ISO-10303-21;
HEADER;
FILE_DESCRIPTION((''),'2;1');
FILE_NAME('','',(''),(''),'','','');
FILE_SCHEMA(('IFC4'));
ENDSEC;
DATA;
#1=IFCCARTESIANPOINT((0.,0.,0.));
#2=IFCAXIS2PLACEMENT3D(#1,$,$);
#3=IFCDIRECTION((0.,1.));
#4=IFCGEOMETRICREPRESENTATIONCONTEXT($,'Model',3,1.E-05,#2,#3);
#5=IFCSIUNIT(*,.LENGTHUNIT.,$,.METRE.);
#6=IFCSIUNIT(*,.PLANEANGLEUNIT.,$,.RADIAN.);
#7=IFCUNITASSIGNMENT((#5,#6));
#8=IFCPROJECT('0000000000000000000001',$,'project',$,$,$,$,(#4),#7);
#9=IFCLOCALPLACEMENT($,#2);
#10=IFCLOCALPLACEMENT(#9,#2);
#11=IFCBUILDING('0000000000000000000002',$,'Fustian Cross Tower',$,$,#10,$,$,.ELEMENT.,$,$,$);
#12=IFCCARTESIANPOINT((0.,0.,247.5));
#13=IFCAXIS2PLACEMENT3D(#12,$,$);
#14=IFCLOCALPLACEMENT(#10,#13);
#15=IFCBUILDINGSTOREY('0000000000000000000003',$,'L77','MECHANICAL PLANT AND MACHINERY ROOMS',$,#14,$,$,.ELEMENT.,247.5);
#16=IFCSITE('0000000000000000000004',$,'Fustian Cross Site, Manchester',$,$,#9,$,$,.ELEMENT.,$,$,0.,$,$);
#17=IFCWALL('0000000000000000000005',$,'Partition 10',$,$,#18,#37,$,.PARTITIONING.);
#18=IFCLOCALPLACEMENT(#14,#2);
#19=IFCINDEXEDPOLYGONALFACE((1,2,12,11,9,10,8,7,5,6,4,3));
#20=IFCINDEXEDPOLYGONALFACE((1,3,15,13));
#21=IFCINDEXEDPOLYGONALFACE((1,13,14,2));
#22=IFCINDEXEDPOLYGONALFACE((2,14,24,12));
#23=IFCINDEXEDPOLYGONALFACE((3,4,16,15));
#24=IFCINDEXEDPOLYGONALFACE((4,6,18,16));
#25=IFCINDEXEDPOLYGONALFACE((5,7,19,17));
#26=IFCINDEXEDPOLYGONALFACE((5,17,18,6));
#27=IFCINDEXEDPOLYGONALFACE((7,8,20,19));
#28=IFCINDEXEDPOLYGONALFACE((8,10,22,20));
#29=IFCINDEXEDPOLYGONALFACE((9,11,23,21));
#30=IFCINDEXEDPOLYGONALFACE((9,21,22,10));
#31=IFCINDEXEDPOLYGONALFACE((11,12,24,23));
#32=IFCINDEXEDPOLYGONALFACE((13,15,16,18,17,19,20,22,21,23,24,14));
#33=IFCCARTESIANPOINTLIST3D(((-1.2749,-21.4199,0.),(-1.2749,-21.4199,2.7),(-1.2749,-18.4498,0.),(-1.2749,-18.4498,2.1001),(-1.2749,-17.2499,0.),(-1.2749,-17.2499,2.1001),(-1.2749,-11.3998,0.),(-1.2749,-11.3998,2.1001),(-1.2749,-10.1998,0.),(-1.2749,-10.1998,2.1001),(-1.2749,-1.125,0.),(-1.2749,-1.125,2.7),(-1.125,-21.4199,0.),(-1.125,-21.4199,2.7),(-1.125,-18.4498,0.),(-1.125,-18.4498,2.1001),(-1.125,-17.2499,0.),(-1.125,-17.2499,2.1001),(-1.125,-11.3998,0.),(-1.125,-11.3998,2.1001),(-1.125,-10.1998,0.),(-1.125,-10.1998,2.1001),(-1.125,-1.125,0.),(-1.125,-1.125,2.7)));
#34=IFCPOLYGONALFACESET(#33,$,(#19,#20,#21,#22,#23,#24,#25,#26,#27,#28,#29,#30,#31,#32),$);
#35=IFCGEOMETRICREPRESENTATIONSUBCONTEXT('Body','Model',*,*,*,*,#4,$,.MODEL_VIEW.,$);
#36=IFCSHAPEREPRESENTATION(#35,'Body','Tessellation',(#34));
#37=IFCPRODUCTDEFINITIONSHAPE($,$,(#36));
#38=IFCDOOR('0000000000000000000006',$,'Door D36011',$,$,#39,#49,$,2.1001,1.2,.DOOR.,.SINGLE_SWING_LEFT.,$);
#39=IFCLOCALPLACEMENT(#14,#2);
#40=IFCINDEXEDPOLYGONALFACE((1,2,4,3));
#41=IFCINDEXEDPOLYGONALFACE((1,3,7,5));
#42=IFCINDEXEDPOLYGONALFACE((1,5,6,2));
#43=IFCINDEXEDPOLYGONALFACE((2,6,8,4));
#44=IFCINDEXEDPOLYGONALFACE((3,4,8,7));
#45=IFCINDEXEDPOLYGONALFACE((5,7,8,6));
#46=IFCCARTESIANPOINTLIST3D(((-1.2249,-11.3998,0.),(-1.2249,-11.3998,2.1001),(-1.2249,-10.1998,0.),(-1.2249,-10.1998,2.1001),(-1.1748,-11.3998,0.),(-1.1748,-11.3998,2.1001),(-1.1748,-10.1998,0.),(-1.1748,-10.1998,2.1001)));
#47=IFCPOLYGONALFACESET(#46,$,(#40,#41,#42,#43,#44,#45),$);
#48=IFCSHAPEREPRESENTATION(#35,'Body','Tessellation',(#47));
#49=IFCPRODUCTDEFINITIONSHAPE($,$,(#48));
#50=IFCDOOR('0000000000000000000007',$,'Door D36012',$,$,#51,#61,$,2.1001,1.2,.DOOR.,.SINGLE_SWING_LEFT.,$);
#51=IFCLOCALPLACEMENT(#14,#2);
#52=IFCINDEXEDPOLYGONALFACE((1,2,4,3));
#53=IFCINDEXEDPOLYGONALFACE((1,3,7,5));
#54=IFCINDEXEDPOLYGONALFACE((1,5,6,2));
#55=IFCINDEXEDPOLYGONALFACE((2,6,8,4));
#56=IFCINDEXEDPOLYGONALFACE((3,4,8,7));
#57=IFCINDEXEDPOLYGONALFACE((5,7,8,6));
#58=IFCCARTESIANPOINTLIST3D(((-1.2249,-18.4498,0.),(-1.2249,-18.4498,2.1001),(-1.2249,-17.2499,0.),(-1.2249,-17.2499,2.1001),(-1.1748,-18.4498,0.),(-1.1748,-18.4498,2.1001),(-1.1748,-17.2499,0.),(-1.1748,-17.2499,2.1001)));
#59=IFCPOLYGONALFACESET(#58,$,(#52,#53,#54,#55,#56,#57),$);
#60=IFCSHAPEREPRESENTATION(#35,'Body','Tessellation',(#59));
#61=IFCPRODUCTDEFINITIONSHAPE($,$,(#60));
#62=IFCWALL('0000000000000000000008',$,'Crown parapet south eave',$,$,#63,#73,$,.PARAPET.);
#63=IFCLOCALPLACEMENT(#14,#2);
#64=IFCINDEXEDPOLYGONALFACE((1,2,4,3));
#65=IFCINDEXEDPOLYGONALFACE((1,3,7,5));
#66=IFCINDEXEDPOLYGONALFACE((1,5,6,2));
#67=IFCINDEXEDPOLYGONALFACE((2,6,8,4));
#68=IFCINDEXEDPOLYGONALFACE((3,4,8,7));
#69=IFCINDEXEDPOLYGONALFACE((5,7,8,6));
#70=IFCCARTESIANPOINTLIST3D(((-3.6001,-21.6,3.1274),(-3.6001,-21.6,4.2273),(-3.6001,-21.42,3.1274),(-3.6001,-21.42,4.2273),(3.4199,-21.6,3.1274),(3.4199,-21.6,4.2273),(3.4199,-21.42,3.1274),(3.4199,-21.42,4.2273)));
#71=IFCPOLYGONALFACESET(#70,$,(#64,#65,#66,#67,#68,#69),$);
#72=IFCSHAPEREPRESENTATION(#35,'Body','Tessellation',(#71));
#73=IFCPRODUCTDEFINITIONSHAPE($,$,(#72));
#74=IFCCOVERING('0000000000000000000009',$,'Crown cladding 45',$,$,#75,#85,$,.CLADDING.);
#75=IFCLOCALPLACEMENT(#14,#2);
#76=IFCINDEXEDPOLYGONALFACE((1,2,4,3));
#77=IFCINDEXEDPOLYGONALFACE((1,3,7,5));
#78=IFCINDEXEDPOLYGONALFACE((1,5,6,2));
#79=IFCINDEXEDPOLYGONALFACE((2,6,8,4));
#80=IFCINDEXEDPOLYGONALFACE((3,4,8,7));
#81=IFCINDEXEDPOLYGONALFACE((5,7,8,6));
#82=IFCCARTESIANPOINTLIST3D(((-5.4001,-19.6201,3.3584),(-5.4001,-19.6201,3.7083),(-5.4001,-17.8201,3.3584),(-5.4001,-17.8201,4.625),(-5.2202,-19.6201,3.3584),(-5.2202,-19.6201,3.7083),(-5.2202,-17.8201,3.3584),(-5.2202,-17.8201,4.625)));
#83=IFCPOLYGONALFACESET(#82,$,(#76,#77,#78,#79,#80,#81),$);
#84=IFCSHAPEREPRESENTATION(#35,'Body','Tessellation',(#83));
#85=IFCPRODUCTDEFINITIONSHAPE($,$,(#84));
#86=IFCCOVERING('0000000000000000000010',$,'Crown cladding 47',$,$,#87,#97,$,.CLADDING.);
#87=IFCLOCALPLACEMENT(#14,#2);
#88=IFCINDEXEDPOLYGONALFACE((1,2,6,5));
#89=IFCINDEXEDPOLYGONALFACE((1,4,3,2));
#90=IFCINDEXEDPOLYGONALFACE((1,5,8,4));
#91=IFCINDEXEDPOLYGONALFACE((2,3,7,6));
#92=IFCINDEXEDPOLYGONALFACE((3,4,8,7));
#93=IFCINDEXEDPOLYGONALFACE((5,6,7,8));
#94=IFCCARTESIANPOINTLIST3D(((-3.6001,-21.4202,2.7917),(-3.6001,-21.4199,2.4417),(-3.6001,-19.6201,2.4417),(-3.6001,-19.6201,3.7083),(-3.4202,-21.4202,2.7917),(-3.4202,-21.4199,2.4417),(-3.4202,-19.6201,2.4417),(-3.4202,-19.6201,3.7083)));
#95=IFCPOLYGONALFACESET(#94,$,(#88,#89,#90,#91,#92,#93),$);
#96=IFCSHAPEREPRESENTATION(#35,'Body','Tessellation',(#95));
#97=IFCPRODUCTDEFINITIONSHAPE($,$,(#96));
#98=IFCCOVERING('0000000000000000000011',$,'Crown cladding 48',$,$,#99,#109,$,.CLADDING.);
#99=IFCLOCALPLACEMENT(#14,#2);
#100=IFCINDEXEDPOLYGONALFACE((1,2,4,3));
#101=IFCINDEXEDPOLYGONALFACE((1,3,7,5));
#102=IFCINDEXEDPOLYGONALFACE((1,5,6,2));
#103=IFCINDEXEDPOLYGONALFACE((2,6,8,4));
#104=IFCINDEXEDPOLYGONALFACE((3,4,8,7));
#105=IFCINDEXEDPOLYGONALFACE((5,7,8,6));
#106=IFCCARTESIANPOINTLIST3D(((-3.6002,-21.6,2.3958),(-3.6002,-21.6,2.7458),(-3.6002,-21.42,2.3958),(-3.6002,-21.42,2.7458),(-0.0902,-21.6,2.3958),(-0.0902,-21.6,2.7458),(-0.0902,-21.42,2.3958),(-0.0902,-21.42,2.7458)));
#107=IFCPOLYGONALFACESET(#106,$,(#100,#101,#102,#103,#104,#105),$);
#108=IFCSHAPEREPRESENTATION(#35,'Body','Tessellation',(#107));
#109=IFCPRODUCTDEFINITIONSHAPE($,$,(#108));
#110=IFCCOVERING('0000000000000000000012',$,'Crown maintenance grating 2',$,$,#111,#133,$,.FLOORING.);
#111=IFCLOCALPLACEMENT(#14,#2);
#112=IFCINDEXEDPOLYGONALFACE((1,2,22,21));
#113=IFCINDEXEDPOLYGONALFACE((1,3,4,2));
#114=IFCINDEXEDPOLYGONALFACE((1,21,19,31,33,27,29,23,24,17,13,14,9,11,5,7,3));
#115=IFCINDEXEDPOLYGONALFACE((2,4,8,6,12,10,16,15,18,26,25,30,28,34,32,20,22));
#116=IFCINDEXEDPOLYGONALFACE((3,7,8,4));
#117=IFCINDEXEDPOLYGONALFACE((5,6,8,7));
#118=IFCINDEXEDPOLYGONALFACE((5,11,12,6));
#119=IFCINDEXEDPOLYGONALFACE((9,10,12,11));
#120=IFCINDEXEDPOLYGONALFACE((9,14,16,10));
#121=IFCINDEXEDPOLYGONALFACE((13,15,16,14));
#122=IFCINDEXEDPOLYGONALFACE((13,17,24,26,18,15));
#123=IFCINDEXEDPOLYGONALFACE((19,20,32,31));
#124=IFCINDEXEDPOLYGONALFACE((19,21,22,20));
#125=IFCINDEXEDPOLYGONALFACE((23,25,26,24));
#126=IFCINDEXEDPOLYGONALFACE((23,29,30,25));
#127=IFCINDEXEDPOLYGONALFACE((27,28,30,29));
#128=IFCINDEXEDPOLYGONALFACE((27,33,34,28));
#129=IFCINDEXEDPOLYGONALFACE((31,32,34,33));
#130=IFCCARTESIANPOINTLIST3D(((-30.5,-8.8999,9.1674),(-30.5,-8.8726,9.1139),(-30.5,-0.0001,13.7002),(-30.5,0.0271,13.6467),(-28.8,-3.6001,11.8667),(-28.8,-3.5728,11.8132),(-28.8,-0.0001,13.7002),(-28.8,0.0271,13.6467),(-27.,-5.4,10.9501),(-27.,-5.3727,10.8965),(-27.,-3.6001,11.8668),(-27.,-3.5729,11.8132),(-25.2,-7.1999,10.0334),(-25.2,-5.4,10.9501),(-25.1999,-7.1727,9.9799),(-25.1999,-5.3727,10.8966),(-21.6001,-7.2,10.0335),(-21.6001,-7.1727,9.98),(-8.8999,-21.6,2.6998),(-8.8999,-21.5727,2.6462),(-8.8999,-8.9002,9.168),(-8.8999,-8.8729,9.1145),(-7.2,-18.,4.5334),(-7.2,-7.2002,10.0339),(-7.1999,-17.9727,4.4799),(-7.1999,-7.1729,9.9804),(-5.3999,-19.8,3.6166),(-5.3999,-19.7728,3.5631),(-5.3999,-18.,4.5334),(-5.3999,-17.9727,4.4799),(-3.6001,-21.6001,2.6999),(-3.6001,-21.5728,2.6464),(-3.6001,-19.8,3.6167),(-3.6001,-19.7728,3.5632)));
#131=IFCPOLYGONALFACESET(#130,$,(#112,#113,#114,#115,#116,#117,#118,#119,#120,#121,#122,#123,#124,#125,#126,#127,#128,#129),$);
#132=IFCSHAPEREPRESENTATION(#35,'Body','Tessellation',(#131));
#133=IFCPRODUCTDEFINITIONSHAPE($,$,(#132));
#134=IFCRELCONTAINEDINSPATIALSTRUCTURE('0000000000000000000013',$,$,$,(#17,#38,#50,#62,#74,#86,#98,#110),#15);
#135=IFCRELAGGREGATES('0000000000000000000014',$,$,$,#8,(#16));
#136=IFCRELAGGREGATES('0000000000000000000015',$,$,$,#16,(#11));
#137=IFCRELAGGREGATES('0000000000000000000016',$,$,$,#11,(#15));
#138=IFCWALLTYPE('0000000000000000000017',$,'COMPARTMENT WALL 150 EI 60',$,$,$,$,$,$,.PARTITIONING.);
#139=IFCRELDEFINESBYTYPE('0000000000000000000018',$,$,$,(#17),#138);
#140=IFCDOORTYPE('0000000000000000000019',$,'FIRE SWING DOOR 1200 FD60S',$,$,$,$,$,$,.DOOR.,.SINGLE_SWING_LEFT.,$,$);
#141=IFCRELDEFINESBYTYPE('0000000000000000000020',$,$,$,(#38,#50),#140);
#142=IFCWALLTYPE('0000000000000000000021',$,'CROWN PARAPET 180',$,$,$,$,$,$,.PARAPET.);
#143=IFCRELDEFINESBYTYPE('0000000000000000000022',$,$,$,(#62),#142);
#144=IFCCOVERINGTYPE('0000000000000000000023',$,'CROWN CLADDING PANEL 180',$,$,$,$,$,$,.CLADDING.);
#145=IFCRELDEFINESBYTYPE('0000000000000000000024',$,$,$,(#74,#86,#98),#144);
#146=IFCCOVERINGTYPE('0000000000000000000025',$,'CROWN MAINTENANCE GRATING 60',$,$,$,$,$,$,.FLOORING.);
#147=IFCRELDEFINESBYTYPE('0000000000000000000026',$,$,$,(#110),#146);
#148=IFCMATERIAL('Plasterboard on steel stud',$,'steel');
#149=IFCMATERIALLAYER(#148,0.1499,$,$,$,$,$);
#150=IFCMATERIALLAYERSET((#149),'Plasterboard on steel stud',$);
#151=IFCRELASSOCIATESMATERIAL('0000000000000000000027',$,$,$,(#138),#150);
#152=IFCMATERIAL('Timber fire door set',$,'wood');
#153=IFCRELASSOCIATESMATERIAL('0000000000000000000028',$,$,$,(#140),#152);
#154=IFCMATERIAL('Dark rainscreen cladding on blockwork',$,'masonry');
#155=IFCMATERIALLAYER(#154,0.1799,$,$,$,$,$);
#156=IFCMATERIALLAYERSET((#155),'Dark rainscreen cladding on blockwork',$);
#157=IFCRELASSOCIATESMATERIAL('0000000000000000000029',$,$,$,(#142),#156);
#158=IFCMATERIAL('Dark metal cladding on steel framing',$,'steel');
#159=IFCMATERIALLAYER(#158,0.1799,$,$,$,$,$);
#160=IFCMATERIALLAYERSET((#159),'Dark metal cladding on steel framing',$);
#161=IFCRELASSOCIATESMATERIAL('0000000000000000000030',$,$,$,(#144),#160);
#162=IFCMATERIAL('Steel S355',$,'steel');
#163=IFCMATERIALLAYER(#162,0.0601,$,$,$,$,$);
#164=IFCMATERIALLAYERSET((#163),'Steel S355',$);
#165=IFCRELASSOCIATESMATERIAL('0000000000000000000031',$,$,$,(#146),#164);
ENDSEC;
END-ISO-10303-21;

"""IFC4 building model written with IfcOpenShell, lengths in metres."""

from ifc_helpers import new_model, si_unit, direction, frame, frame_2d, origin, place, context, subcontext, project, spatial, polyline, rectangle, outline, extrude, material, layer, layer_set, type_object, element, fill, save


model = new_model("IFC4")

# Units and contexts
model_context = context("Model", 3, precision=1e-05, world=origin(), true_north=direction((0.0, 1.0)))
body_context = subcontext(model_context, "Body", "Model", "MODEL_VIEW")
ifc_project = project(units=[si_unit("LENGTHUNIT", "METRE"), si_unit("PLANEANGLEUNIT", "RADIAN")], contexts=[model_context])

# Site, building, storey
site_placement = place(None, origin())
site = spatial("IfcSite", under=ifc_project, at=site_placement, Name="Fustian Cross Site, Manchester", CompositionType="ELEMENT", RefElevation=0.0)
building_placement = place(site_placement, origin())
building = spatial("IfcBuilding", under=site, at=building_placement, Name="Fustian Cross Tower", CompositionType="ELEMENT")
storey_placement = place(building_placement, frame((0.0, 0.0, 247.5)))
storey = spatial("IfcBuildingStorey", under=building, at=storey_placement, Name="L77", Description="MECHANICAL PLANT AND MACHINERY ROOMS", CompositionType="ELEMENT", Elevation=247.5)

# Wall, openings, doors
ifc_material_1 = material(Name="Plasterboard on steel stud", Category="steel")
ifc_layer_1 = layer(ifc_material_1, 0.1499)
ifc_layer_set_1 = layer_set([ifc_layer_1], Name="Plasterboard on steel stud")
wall_type_1 = type_object("IfcWallType", Name="COMPARTMENT WALL 150 EI 60", PredefinedType="PARTITIONING", material=ifc_layer_set_1)
wall_1_placement = place(storey_placement, frame((-1.2, -21.4199, 0.0), z_axis=(0.0, 0.0, 1.0), x_axis=(0.0, 1.0, 0.0)))
wall_1 = element("IfcWall", 1, at=wall_1_placement, inside=storey, type_object=wall_type_1, Name="Partition 10", PredefinedType="PARTITIONING", context=body_context, shape_type="SweptSolid", body=[
    extrude(rectangle(XDim=20.2949, YDim=0.1499, at=frame_2d((10.1475, 0.0))), origin(), (0.0, 0.0, 1.0), 2.7),
])
opening_1_placement = place(wall_1_placement, frame((10.02, 0.0, 0.0)))
opening_1 = element("IfcOpeningElement", 2, at=opening_1_placement, cuts=wall_1, PredefinedType="OPENING", context=body_context, shape_type="SweptSolid", body=[
    extrude(rectangle(XDim=1.2, YDim=2.1001, at=frame_2d((0.6001, 1.05))), frame((0.0, 0.085, 0.0), z_axis=(0.0, -1.0, 0.0), x_axis=(1.0, 0.0, 0.0)), (0.0, 0.0, 1.0), 0.1699),
])
opening_2_placement = place(wall_1_placement, frame((2.97, 0.0, 0.0)))
opening_2 = element("IfcOpeningElement", 3, at=opening_2_placement, cuts=wall_1, PredefinedType="OPENING", context=body_context, shape_type="SweptSolid", body=[
    extrude(rectangle(XDim=1.2, YDim=2.1001, at=frame_2d((0.6001, 1.05))), frame((0.0, 0.085, 0.0), z_axis=(0.0, -1.0, 0.0), x_axis=(1.0, 0.0, 0.0)), (0.0, 0.0, 1.0), 0.1699),
])
ifc_material_2 = material(Name="Timber fire door set", Category="wood")
door_type = type_object("IfcDoorType", Name="FIRE SWING DOOR 1200 FD60S", OperationType="SINGLE_SWING_LEFT", PredefinedType="DOOR", material=ifc_material_2)
door_1_placement = place(opening_1_placement, origin())
door_1 = element("IfcDoor", 4, at=door_1_placement, inside=storey, type_object=door_type, Name="Door D36011", OperationType="SINGLE_SWING_LEFT", OverallHeight=2.1001, OverallWidth=1.2, PredefinedType="DOOR", context=body_context, shape_type="SweptSolid", body=[
    extrude(rectangle(XDim=1.2, YDim=2.1001, at=frame_2d((0.6001, 1.05))), frame((0.0, 0.0249, 0.0), z_axis=(0.0, -1.0, 0.0), x_axis=(1.0, 0.0, 0.0)), (0.0, 0.0, 1.0), 0.05),
])
fill(opening_1, door_1)
door_2_placement = place(opening_2_placement, origin())
door_2 = element("IfcDoor", 5, at=door_2_placement, inside=storey, type_object=door_type, Name="Door D36012", OperationType="SINGLE_SWING_LEFT", OverallHeight=2.1001, OverallWidth=1.2, PredefinedType="DOOR", context=body_context, shape_type="SweptSolid", body=[
    extrude(rectangle(XDim=1.2, YDim=2.1001, at=frame_2d((0.6001, 1.05))), frame((0.0, 0.0249, 0.0), z_axis=(0.0, -1.0, 0.0), x_axis=(1.0, 0.0, 0.0)), (0.0, 0.0, 1.0), 0.05),
])
fill(opening_2, door_2)

# Wall
ifc_material_3 = material(Name="Dark rainscreen cladding on blockwork", Category="masonry")
ifc_layer_2 = layer(ifc_material_3, 0.1799)
ifc_layer_set_2 = layer_set([ifc_layer_2], Name="Dark rainscreen cladding on blockwork")
wall_type_2 = type_object("IfcWallType", Name="CROWN PARAPET 180", PredefinedType="PARAPET", material=ifc_layer_set_2)
wall_2_placement = place(storey_placement, frame((-3.6001, -21.51, 3.1274), z_axis=(0.0, 0.0, 1.0), x_axis=(1.0, 0.0, 0.0)))
element("IfcWall", 6, at=wall_2_placement, inside=storey, type_object=wall_type_2, Name="Crown parapet south eave", PredefinedType="PARAPET", context=body_context, shape_type="SweptSolid", body=[
    extrude(rectangle(XDim=7.02, YDim=0.1799, at=frame_2d((3.51, 0.0))), origin(), (0.0, 0.0, 1.0), 1.0999),
])

# Coverings
ifc_material_4 = material(Name="Dark metal cladding on steel framing", Category="steel")
ifc_layer_3 = layer(ifc_material_4, 0.1799)
ifc_layer_set_3 = layer_set([ifc_layer_3], Name="Dark metal cladding on steel framing")
covering_type_1 = type_object("IfcCoveringType", Name="CROWN CLADDING PANEL 180", PredefinedType="CLADDING", material=ifc_layer_set_3)
covering_1_placement = place(storey_placement, frame((-5.3101, -17.8201, 3.3584), z_axis=(0.0, 0.0, 1.0), x_axis=(0.0, -1.0, 0.0)))
element("IfcCovering", 7, at=covering_1_placement, inside=storey, type_object=covering_type_1, Name="Crown cladding 45", PredefinedType="CLADDING", context=body_context, shape_type="SweptSolid", body=[
    extrude(outline(polyline([(0.0, 0.0), (1.8, 0.0), (1.8, 0.3499), (0.0, 1.2666), (0.0, 0.0)])), frame((0.0, 0.0898, 0.0), z_axis=(0.0, -1.0, 0.0), x_axis=(1.0, 0.0, 0.0)), (0.0, 0.0, 1.0), 0.1799),
])
covering_2_placement = place(storey_placement, frame((-3.51, -19.6201, 2.4417), z_axis=(0.0, 0.0, 1.0), x_axis=(0.0, -1.0, 0.0)))
element("IfcCovering", 8, at=covering_2_placement, inside=storey, type_object=covering_type_1, Name="Crown cladding 47", PredefinedType="CLADDING", context=body_context, shape_type="SweptSolid", body=[
    extrude(outline(polyline([(0.0, 0.0), (1.7998, 0.0), (1.8, 0.3501), (0.0, 1.2666), (0.0, 0.0)])), frame((0.0, 0.0898, 0.0), z_axis=(0.0, -1.0, 0.0), x_axis=(1.0, 0.0, 0.0)), (0.0, 0.0, 1.0), 0.1799),
])
covering_3_placement = place(storey_placement, frame((-3.6001, -21.51, 2.3958), z_axis=(0.0, 0.0, 1.0), x_axis=(1.0, 0.0, 0.0)))
element("IfcCovering", 9, at=covering_3_placement, inside=storey, type_object=covering_type_1, Name="Crown cladding 48", PredefinedType="CLADDING", context=body_context, shape_type="SweptSolid", body=[
    extrude(rectangle(XDim=3.51, YDim=0.1799, at=frame_2d((1.7549, 0.0))), origin(), (0.0, 0.0, 1.0), 0.3501),
])
ifc_material_5 = material(Name="Steel S355", Category="steel")
ifc_layer_4 = layer(ifc_material_5, 0.0601)
ifc_layer_set_4 = layer_set([ifc_layer_4], Name="Steel S355")
covering_type_2 = type_object("IfcCoveringType", Name="CROWN MAINTENANCE GRATING 60", PredefinedType="FLOORING", material=ifc_layer_set_4)
covering_4_placement = place(storey_placement, frame((-3.6001, -19.8, 3.6167), z_axis=(-0.000032, -0.453842, 0.891082), x_axis=(-1.0, 0.000014, -0.000028)))
element("IfcCovering", 10, at=covering_4_placement, inside=storey, type_object=covering_type_2, Name="Crown maintenance grating 2", PredefinedType="FLOORING", context=body_context, shape_type="SweptSolid", body=[
    extrude(outline(polyline([(0.0, 0.0), (1.7998, 0.0), (1.7998, -2.0201), (3.5999, -2.0201), (3.5999, -14.1399), (18.0, -14.1399), (21.5999, -14.1399), (21.5999, -16.1599), (23.3999, -16.1599), (23.3999, -18.1797), (25.2, -18.1797), (25.2, -22.2197), (26.8999, -22.2197), (26.8999, -12.2321), (5.2998, -12.2321), (5.2998, 2.0201), (0.0, 2.0201), (0.0, 0.0)])), origin(), (0.0, 0.0, -1.0), 0.0601),
])

save(model, "model.ifc")
